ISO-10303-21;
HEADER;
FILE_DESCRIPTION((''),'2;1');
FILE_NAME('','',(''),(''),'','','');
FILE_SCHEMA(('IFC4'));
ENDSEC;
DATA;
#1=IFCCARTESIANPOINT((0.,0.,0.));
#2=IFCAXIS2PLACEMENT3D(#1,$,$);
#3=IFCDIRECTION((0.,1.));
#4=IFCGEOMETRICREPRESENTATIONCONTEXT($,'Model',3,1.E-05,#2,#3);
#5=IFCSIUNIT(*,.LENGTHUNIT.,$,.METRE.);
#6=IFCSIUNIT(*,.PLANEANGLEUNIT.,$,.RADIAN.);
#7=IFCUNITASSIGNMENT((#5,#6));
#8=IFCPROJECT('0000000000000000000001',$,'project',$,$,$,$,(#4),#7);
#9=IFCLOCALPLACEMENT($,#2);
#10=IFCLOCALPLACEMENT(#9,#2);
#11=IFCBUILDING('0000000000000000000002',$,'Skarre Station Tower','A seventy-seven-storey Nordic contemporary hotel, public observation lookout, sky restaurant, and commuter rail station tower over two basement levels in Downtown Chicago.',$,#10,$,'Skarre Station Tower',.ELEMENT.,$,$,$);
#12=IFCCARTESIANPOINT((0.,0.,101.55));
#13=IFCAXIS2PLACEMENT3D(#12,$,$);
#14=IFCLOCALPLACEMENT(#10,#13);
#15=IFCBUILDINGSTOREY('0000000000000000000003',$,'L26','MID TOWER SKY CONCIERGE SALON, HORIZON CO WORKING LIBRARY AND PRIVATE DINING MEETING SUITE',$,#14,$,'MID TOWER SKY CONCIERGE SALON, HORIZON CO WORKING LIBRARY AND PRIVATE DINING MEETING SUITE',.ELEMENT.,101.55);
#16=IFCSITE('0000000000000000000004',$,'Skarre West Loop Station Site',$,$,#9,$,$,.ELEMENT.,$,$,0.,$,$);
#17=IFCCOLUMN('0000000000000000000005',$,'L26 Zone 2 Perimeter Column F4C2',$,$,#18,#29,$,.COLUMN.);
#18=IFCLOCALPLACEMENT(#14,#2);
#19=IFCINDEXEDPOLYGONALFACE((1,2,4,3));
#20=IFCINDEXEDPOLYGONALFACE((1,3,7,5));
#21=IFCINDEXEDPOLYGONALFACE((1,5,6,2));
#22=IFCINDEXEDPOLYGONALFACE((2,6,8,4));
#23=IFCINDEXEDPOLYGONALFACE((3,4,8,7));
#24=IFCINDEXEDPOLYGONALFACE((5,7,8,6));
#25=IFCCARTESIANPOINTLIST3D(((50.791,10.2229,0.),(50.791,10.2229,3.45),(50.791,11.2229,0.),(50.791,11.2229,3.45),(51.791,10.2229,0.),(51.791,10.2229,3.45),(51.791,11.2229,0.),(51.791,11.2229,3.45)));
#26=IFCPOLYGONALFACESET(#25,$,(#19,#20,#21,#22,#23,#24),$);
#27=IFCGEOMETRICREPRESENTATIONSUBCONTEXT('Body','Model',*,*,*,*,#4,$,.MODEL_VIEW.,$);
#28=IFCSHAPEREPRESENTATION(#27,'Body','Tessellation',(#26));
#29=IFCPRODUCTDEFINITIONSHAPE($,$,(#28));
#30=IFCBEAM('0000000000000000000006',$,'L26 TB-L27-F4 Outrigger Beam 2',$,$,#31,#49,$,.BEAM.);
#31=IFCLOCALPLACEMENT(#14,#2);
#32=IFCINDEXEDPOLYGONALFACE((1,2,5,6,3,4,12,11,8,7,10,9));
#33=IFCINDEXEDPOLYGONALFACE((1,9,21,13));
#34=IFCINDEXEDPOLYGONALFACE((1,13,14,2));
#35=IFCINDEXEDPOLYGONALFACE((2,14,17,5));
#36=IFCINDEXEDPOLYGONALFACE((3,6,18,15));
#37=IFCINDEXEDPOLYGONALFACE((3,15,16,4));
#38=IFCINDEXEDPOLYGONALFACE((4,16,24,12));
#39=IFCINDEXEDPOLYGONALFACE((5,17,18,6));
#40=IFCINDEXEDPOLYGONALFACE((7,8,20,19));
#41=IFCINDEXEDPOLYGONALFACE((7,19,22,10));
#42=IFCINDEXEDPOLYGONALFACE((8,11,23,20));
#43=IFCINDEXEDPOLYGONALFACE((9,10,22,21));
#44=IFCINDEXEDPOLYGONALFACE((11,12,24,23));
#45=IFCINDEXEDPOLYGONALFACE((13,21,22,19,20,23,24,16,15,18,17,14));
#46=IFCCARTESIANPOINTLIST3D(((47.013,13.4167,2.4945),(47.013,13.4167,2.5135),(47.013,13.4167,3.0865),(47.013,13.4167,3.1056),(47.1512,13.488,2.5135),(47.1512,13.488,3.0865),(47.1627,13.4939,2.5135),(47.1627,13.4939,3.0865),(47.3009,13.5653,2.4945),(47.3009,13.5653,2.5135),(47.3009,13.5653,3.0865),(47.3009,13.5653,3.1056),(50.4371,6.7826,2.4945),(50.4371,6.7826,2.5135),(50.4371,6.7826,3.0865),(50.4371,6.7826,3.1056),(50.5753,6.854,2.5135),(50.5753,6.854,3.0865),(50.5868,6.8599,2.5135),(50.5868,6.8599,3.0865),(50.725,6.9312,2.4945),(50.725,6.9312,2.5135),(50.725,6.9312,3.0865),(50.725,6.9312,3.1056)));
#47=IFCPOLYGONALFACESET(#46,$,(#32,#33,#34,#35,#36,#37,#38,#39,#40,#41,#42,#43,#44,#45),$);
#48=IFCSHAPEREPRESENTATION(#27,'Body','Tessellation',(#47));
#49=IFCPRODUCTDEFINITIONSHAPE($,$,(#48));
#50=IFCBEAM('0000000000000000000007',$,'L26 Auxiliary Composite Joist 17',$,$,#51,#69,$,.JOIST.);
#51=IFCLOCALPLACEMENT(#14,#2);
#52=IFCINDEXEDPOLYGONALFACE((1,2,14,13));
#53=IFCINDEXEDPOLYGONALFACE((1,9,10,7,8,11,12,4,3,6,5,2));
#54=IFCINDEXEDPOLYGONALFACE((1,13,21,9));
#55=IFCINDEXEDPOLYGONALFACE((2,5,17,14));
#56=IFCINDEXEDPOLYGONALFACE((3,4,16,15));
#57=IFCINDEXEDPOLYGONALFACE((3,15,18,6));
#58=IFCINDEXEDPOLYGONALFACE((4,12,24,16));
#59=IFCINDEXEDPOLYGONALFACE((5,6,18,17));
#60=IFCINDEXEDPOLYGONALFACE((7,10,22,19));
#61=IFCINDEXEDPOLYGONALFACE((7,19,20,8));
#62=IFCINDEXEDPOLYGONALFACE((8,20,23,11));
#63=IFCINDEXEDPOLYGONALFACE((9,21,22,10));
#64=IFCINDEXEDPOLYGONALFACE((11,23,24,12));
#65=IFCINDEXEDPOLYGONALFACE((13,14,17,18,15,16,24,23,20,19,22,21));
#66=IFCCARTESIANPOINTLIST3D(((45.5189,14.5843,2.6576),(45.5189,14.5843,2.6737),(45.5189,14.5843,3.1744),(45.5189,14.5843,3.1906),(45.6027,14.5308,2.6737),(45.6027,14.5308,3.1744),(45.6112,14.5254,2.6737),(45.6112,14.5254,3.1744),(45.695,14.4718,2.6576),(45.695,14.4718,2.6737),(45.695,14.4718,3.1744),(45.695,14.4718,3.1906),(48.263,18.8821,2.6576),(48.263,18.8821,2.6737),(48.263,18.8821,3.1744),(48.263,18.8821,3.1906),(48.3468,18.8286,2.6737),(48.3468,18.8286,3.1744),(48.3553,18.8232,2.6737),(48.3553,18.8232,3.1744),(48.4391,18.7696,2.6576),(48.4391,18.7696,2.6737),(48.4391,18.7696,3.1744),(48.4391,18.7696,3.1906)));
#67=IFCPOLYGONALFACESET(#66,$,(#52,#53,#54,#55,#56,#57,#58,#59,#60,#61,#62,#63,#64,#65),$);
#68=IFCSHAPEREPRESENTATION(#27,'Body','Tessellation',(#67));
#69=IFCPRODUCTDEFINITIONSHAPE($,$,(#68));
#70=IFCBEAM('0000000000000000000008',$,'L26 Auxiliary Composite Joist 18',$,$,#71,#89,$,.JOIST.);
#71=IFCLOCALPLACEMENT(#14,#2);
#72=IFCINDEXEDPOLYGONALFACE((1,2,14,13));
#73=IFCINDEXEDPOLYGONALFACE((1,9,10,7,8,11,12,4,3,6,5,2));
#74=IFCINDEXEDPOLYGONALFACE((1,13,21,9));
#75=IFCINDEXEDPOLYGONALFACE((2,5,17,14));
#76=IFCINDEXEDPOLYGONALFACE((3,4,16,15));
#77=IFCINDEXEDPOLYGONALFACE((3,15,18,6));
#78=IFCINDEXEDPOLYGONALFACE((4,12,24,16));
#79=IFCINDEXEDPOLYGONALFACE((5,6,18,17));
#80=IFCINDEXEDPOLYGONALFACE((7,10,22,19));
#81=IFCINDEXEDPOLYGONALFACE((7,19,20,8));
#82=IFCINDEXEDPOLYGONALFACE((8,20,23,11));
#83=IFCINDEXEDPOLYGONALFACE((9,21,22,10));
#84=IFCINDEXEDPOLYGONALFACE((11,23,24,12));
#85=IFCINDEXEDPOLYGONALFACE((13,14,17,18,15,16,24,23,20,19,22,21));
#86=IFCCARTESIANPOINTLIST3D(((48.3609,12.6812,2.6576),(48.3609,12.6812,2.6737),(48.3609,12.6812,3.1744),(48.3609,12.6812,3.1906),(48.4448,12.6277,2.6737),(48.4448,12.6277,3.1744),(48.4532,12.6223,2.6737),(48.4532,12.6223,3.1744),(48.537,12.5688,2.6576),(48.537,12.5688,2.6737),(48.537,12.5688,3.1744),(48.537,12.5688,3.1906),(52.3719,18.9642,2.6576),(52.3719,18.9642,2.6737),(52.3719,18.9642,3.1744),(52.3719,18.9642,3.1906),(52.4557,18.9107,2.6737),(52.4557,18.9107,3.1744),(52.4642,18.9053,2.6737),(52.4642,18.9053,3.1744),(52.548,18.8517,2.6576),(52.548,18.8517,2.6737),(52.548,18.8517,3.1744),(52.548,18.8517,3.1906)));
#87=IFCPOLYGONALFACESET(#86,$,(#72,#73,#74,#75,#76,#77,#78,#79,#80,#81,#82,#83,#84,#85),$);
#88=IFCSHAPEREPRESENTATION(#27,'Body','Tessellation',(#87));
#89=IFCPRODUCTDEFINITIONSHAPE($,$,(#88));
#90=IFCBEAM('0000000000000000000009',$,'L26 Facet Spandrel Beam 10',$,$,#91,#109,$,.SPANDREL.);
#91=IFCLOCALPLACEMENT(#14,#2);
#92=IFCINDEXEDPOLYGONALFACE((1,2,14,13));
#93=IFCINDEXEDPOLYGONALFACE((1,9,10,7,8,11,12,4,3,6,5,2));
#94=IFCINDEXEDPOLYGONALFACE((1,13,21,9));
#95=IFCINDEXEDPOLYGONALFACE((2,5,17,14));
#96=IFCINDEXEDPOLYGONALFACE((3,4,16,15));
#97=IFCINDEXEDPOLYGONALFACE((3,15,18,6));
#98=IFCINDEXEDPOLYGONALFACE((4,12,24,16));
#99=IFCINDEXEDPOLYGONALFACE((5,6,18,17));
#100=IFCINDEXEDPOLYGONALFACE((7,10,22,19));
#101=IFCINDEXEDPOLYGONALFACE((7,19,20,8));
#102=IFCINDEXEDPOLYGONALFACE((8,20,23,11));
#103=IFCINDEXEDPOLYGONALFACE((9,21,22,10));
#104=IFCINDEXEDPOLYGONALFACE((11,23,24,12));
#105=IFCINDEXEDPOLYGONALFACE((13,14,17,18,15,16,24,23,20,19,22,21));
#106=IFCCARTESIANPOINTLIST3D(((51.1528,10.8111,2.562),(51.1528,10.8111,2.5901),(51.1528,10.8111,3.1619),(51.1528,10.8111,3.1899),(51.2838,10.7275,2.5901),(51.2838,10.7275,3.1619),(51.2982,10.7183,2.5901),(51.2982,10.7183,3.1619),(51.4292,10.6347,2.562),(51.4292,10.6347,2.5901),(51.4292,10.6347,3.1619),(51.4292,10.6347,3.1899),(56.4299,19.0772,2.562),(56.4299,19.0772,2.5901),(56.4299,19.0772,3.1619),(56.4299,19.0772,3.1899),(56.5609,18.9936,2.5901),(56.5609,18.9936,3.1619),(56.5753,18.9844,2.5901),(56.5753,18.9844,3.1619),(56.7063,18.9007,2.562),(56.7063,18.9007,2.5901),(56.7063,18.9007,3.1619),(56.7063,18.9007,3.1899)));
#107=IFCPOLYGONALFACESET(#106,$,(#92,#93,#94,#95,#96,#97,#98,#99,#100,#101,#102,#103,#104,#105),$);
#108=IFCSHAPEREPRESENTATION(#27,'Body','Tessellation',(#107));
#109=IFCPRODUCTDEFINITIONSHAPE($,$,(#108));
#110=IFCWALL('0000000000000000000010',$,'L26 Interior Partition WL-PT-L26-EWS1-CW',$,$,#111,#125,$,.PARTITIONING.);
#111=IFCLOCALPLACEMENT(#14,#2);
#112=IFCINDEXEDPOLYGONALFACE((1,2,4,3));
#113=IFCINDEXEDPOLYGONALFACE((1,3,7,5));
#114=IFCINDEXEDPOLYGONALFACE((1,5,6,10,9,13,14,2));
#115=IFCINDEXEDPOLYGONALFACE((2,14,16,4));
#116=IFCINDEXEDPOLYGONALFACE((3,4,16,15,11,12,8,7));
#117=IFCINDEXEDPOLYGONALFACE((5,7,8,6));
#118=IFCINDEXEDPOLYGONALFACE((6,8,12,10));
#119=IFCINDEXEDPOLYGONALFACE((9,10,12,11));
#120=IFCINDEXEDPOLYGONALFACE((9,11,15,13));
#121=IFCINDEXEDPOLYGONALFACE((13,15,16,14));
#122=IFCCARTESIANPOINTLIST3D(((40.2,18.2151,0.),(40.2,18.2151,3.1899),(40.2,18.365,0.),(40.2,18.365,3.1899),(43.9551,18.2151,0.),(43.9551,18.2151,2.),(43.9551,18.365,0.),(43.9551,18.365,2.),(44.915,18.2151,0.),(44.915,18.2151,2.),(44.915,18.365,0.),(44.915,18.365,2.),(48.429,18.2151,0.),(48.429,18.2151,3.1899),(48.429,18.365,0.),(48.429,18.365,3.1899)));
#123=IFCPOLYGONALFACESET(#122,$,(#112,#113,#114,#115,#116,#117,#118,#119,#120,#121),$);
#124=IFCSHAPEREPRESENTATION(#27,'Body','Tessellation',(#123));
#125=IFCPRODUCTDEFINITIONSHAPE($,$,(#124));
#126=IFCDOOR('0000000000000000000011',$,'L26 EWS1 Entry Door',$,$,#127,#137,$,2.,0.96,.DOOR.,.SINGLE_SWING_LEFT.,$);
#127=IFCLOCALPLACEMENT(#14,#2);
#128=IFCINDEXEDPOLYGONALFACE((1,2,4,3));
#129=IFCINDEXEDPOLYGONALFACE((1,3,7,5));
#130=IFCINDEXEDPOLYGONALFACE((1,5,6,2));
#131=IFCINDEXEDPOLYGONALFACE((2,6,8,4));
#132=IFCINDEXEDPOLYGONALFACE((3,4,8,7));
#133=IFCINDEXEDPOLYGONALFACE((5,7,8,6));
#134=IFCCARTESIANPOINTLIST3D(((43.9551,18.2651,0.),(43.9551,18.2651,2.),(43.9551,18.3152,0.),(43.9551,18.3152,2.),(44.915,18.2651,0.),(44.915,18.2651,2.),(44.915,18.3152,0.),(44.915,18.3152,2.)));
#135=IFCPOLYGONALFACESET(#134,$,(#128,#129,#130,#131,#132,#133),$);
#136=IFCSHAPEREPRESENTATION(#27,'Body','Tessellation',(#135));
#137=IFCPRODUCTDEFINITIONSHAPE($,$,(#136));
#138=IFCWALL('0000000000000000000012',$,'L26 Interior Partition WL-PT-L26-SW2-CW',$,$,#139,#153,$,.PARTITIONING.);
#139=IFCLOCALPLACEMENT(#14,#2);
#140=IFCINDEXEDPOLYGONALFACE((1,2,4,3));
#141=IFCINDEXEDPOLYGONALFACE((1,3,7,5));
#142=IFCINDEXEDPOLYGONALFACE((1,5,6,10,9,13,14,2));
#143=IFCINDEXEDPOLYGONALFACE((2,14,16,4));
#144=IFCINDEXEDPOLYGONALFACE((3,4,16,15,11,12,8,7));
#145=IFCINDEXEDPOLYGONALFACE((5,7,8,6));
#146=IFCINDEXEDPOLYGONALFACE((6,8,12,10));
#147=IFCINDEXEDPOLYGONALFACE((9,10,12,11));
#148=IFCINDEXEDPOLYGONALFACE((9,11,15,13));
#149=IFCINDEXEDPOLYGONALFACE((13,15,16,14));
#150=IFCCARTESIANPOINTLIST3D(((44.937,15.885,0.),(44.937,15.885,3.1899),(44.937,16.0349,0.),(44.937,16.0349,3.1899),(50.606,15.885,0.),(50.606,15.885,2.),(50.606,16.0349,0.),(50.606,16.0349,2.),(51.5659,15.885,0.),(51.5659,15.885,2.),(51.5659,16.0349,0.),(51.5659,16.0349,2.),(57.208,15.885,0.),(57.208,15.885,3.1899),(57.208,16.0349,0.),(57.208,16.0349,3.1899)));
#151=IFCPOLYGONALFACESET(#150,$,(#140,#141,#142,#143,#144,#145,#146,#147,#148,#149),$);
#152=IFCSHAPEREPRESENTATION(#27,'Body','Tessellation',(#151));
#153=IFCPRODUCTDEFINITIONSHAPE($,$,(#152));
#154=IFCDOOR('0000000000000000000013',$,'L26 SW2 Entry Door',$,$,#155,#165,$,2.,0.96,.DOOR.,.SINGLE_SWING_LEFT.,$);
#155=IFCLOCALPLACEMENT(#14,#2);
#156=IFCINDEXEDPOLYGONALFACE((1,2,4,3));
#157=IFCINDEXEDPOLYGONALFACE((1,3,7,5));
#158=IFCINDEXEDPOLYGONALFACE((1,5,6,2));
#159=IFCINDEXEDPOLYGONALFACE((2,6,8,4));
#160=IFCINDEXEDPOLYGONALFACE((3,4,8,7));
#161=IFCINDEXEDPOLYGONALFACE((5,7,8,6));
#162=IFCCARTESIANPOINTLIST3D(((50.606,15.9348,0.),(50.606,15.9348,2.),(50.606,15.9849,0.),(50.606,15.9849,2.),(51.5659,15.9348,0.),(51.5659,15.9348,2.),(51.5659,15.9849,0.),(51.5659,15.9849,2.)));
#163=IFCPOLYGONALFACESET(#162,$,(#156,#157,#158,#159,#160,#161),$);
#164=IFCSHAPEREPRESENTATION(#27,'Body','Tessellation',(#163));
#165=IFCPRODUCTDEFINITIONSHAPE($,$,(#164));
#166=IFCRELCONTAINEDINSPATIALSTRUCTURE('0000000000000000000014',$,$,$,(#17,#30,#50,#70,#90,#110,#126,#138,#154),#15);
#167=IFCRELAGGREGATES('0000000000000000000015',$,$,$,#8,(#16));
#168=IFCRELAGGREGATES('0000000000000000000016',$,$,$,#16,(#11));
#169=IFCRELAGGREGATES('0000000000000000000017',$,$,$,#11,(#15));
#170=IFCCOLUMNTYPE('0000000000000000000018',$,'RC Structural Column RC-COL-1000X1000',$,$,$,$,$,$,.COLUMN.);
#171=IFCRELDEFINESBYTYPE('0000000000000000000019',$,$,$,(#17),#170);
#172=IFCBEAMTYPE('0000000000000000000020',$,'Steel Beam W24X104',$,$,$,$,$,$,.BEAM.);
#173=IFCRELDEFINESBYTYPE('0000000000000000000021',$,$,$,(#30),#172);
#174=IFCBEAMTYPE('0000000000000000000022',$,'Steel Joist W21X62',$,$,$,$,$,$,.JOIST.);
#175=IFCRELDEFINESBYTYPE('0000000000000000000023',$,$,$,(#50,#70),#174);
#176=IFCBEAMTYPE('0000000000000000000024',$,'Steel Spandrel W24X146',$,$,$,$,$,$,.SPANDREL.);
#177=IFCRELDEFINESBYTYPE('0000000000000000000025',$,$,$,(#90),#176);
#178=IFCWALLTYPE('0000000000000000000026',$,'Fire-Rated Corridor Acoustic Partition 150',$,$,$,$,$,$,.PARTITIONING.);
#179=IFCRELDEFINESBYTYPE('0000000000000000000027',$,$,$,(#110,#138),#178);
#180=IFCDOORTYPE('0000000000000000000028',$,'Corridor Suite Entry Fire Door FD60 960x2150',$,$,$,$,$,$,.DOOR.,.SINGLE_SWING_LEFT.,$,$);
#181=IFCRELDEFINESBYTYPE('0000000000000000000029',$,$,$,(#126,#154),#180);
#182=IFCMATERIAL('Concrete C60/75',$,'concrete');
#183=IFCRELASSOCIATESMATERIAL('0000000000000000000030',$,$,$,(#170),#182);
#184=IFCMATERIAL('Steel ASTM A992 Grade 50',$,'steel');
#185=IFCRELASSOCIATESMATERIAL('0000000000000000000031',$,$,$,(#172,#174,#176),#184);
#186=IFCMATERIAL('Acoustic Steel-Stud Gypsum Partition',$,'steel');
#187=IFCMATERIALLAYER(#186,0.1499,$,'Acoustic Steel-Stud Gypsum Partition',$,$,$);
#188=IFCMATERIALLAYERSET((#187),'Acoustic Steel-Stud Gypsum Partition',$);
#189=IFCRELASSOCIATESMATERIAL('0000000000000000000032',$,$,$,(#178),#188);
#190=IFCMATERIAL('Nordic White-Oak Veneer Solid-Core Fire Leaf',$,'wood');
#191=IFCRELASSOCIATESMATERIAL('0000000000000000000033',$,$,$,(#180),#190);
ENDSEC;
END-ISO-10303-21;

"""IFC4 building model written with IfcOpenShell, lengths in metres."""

from ifc_helpers import new_model, si_unit, direction, frame, frame_2d, origin, origin_2d, place, context, subcontext, project, spatial, rectangle, i_section, extrude, material, layer, layer_set, material_profile, profile_set, type_object, element, fill, save


model = new_model("IFC4")

# Units and contexts
model_context = context("Model", 3, precision=1e-05, world=origin(), true_north=direction((0.0, 1.0)))
body_context = subcontext(model_context, "Body", "Model", "MODEL_VIEW")
ifc_project = project(units=[si_unit("LENGTHUNIT", "METRE"), si_unit("PLANEANGLEUNIT", "RADIAN")], contexts=[model_context])

# Site, building, storey
site_placement = place(None, origin())
site = spatial("IfcSite", under=ifc_project, at=site_placement, Name="Skarre West Loop Station Site", CompositionType="ELEMENT", RefElevation=0.0)
building_placement = place(site_placement, origin())
building = spatial("IfcBuilding", under=site, at=building_placement, Name="Skarre Station Tower", Description="A seventy-seven-storey Nordic contemporary hotel, public observation lookout, sky restaurant, and commuter rail station tower over two basement levels in Downtown Chicago.", LongName="Skarre Station Tower", CompositionType="ELEMENT")
storey_placement = place(building_placement, frame((0.0, 0.0, 101.55)))
storey = spatial("IfcBuildingStorey", under=building, at=storey_placement, Name="L26", Description="MID TOWER SKY CONCIERGE SALON, HORIZON CO WORKING LIBRARY AND PRIVATE DINING MEETING SUITE", LongName="MID TOWER SKY CONCIERGE SALON, HORIZON CO WORKING LIBRARY AND PRIVATE DINING MEETING SUITE", CompositionType="ELEMENT", Elevation=101.55)

# Column
ifc_material_1 = material(Name="Concrete C60/75", Category="concrete")
ifc_material_profile_1 = material_profile(ifc_material_1, rectangle(XDim=1.0, YDim=1.0, at=origin_2d()), Name="Concrete C60/75")
ifc_profile_set_1 = profile_set([ifc_material_profile_1], Name="Concrete C60/75")
column_type = type_object("IfcColumnType", Name="RC Structural Column RC-COL-1000X1000", PredefinedType="COLUMN", material=ifc_profile_set_1)
column_placement = place(storey_placement, frame((51.291, 10.7229, 0.0), z_axis=(0.0, 0.0, 1.0), x_axis=(1.0, 0.0, 0.0)))
element("IfcColumn", 1, at=column_placement, inside=storey, type_object=column_type, Name="L26 Zone 2 Perimeter Column F4C2", PredefinedType="COLUMN", context=body_context, shape_type="SweptSolid", body=[
    extrude(rectangle(XDim=1.0, YDim=1.0, at=origin_2d()), origin(), (0.0, 0.0, 1.0), 3.45),
])

# Beams
ifc_material_2 = material(Name="Steel ASTM A992 Grade 50", Category="steel")
ifc_material_profile_2 = material_profile(ifc_material_2, i_section(OverallWidth=0.324, OverallDepth=0.6111, WebThickness=0.0129, FlangeThickness=0.019, at=origin_2d()), Name="Steel ASTM A992 Grade 50")
ifc_profile_set_2 = profile_set([ifc_material_profile_2], Name="Steel ASTM A992 Grade 50")
beam_type_1 = type_object("IfcBeamType", Name="Steel Beam W24X104", PredefinedType="BEAM", material=ifc_profile_set_2)
beam_1_placement = place(storey_placement, frame((47.157, 13.491, 2.8), z_axis=(0.458649, -0.888618, 0.0), x_axis=(0.888618, 0.458649, 0.0)))
element("IfcBeam", 2, at=beam_1_placement, inside=storey, type_object=beam_type_1, Name="L26 TB-L27-F4 Outrigger Beam 2", PredefinedType="BEAM", context=body_context, shape_type="SweptSolid", body=[
    extrude(i_section(OverallWidth=0.324, OverallDepth=0.6111, WebThickness=0.0129, FlangeThickness=0.019, at=origin_2d()), origin(), (0.0, 0.0, 1.0), 7.4656),
])
ifc_material_profile_3 = material_profile(ifc_material_2, i_section(OverallWidth=0.209, OverallDepth=0.533, WebThickness=0.01, FlangeThickness=0.0161, at=origin_2d()), Name="Steel ASTM A992 Grade 50")
ifc_profile_set_3 = profile_set([ifc_material_profile_3], Name="Steel ASTM A992 Grade 50")
beam_type_2 = type_object("IfcBeamType", Name="Steel Joist W21X62", PredefinedType="JOIST", material=ifc_profile_set_3)
beam_2_placement = place(storey_placement, frame((45.6069, 14.5281, 2.9241), z_axis=(0.538151, 0.842848, 0.0), x_axis=(-0.842848, 0.538151, 0.0)))
element("IfcBeam", 3, at=beam_2_placement, inside=storey, type_object=beam_type_2, Name="L26 Auxiliary Composite Joist 17", PredefinedType="JOIST", context=body_context, shape_type="SweptSolid", body=[
    extrude(i_section(OverallWidth=0.209, OverallDepth=0.533, WebThickness=0.01, FlangeThickness=0.0161, at=origin_2d()), origin(), (0.0, 0.0, 1.0), 5.0991),
])
beam_3_placement = place(storey_placement, frame((48.449, 12.625, 2.9241), z_axis=(0.538091, 0.842886, 0.0), x_axis=(-0.842886, 0.538091, 0.0)))
element("IfcBeam", 4, at=beam_3_placement, inside=storey, type_object=beam_type_2, Name="L26 Auxiliary Composite Joist 18", PredefinedType="JOIST", context=body_context, shape_type="SweptSolid", body=[
    extrude(i_section(OverallWidth=0.209, OverallDepth=0.533, WebThickness=0.01, FlangeThickness=0.0161, at=origin_2d()), origin(), (0.0, 0.0, 1.0), 7.4541),
])
ifc_material_profile_4 = material_profile(ifc_material_2, i_section(OverallWidth=0.3279, OverallDepth=0.6279, WebThickness=0.0171, FlangeThickness=0.0281, at=origin_2d()), Name="Steel ASTM A992 Grade 50")
ifc_profile_set_4 = profile_set([ifc_material_profile_4], Name="Steel ASTM A992 Grade 50")
beam_type_3 = type_object("IfcBeamType", Name="Steel Spandrel W24X146", PredefinedType="SPANDREL", material=ifc_profile_set_4)
beam_4_placement = place(storey_placement, frame((51.291, 10.7229, 2.876), z_axis=(0.538098, 0.842883, 0.0), x_axis=(-0.842883, 0.538098, 0.0)))
element("IfcBeam", 5, at=beam_4_placement, inside=storey, type_object=beam_type_3, Name="L26 Facet Spandrel Beam 10", PredefinedType="SPANDREL", context=body_context, shape_type="SweptSolid", body=[
    extrude(i_section(OverallWidth=0.3279, OverallDepth=0.6279, WebThickness=0.0171, FlangeThickness=0.0281, at=origin_2d()), origin(), (0.0, 0.0, 1.0), 9.8069),
])

# Walls, openings, doors
ifc_material_3 = material(Name="Acoustic Steel-Stud Gypsum Partition", Category="steel")
ifc_layer_1 = layer(ifc_material_3, 0.1499, Name="Acoustic Steel-Stud Gypsum Partition")
ifc_layer_set_1 = layer_set([ifc_layer_1], Name="Acoustic Steel-Stud Gypsum Partition")
wall_type_1 = type_object("IfcWallType", Name="Fire-Rated Corridor Acoustic Partition 150", PredefinedType="PARTITIONING", material=ifc_layer_set_1)
wall_1_placement = place(storey_placement, frame((48.429, 18.29, 0.0), z_axis=(0.0, 0.0, 1.0), x_axis=(-1.0, 0.0, 0.0)))
wall_1 = element("IfcWall", 6, at=wall_1_placement, inside=storey, type_object=wall_type_1, Name="L26 Interior Partition WL-PT-L26-EWS1-CW", PredefinedType="PARTITIONING", context=body_context, shape_type="SweptSolid", body=[
    extrude(rectangle(XDim=8.229, YDim=0.1499, at=frame_2d((4.1145, 0.0))), origin(), (0.0, 0.0, 1.0), 3.1899),
])
opening_1_placement = place(wall_1_placement, frame((3.5139, 0.0, 0.0)))
opening_1 = element("IfcOpeningElement", 7, at=opening_1_placement, cuts=wall_1, PredefinedType="OPENING", context=body_context, shape_type="SweptSolid", body=[
    extrude(rectangle(XDim=0.96, YDim=2.0, at=frame_2d((0.48, 1.0))), frame((0.0, 0.085, 0.0), z_axis=(0.0, -1.0, 0.0), x_axis=(1.0, 0.0, 0.0)), (0.0, 0.0, 1.0), 0.1699),
])
ifc_material_4 = material(Name="Nordic White-Oak Veneer Solid-Core Fire Leaf", Category="wood")
door_type = type_object("IfcDoorType", Name="Corridor Suite Entry Fire Door FD60 960x2150", OperationType="SINGLE_SWING_LEFT", PredefinedType="DOOR", material=ifc_material_4)
door_1_placement = place(opening_1_placement, origin())
door_1 = element("IfcDoor", 8, at=door_1_placement, inside=storey, type_object=door_type, Name="L26 EWS1 Entry Door", OperationType="SINGLE_SWING_LEFT", OverallHeight=2.0, OverallWidth=0.96, PredefinedType="DOOR", context=body_context, shape_type="SweptSolid", body=[
    extrude(rectangle(XDim=0.96, YDim=2.0, at=frame_2d((0.48, 1.0))), frame((0.0, 0.0249, 0.0), z_axis=(0.0, -1.0, 0.0), x_axis=(1.0, 0.0, 0.0)), (0.0, 0.0, 1.0), 0.05),
])
fill(opening_1, door_1)
wall_2_placement = place(storey_placement, frame((44.937, 15.96, 0.0), z_axis=(0.0, 0.0, 1.0), x_axis=(1.0, 0.0, 0.0)))
wall_2 = element("IfcWall", 9, at=wall_2_placement, inside=storey, type_object=wall_type_1, Name="L26 Interior Partition WL-PT-L26-SW2-CW", PredefinedType="PARTITIONING", context=body_context, shape_type="SweptSolid", body=[
    extrude(rectangle(XDim=12.271, YDim=0.1499, at=frame_2d((6.1355, 0.0))), origin(), (0.0, 0.0, 1.0), 3.1899),
])
opening_2_placement = place(wall_2_placement, frame((5.6689, 0.0, 0.0)))
opening_2 = element("IfcOpeningElement", 10, at=opening_2_placement, cuts=wall_2, PredefinedType="OPENING", context=body_context, shape_type="SweptSolid", body=[
    extrude(rectangle(XDim=0.96, YDim=2.0, at=frame_2d((0.48, 1.0))), frame((0.0, 0.085, 0.0), z_axis=(0.0, -1.0, 0.0), x_axis=(1.0, 0.0, 0.0)), (0.0, 0.0, 1.0), 0.1699),
])
door_2_placement = place(opening_2_placement, origin())
door_2 = element("IfcDoor", 11, at=door_2_placement, inside=storey, type_object=door_type, Name="L26 SW2 Entry Door", OperationType="SINGLE_SWING_LEFT", OverallHeight=2.0, OverallWidth=0.96, PredefinedType="DOOR", context=body_context, shape_type="SweptSolid", body=[
    extrude(rectangle(XDim=0.96, YDim=2.0, at=frame_2d((0.48, 1.0))), frame((0.0, 0.0249, 0.0), z_axis=(0.0, -1.0, 0.0), x_axis=(1.0, 0.0, 0.0)), (0.0, 0.0, 1.0), 0.05),
])
fill(opening_2, door_2)

save(model, "model.ifc")
